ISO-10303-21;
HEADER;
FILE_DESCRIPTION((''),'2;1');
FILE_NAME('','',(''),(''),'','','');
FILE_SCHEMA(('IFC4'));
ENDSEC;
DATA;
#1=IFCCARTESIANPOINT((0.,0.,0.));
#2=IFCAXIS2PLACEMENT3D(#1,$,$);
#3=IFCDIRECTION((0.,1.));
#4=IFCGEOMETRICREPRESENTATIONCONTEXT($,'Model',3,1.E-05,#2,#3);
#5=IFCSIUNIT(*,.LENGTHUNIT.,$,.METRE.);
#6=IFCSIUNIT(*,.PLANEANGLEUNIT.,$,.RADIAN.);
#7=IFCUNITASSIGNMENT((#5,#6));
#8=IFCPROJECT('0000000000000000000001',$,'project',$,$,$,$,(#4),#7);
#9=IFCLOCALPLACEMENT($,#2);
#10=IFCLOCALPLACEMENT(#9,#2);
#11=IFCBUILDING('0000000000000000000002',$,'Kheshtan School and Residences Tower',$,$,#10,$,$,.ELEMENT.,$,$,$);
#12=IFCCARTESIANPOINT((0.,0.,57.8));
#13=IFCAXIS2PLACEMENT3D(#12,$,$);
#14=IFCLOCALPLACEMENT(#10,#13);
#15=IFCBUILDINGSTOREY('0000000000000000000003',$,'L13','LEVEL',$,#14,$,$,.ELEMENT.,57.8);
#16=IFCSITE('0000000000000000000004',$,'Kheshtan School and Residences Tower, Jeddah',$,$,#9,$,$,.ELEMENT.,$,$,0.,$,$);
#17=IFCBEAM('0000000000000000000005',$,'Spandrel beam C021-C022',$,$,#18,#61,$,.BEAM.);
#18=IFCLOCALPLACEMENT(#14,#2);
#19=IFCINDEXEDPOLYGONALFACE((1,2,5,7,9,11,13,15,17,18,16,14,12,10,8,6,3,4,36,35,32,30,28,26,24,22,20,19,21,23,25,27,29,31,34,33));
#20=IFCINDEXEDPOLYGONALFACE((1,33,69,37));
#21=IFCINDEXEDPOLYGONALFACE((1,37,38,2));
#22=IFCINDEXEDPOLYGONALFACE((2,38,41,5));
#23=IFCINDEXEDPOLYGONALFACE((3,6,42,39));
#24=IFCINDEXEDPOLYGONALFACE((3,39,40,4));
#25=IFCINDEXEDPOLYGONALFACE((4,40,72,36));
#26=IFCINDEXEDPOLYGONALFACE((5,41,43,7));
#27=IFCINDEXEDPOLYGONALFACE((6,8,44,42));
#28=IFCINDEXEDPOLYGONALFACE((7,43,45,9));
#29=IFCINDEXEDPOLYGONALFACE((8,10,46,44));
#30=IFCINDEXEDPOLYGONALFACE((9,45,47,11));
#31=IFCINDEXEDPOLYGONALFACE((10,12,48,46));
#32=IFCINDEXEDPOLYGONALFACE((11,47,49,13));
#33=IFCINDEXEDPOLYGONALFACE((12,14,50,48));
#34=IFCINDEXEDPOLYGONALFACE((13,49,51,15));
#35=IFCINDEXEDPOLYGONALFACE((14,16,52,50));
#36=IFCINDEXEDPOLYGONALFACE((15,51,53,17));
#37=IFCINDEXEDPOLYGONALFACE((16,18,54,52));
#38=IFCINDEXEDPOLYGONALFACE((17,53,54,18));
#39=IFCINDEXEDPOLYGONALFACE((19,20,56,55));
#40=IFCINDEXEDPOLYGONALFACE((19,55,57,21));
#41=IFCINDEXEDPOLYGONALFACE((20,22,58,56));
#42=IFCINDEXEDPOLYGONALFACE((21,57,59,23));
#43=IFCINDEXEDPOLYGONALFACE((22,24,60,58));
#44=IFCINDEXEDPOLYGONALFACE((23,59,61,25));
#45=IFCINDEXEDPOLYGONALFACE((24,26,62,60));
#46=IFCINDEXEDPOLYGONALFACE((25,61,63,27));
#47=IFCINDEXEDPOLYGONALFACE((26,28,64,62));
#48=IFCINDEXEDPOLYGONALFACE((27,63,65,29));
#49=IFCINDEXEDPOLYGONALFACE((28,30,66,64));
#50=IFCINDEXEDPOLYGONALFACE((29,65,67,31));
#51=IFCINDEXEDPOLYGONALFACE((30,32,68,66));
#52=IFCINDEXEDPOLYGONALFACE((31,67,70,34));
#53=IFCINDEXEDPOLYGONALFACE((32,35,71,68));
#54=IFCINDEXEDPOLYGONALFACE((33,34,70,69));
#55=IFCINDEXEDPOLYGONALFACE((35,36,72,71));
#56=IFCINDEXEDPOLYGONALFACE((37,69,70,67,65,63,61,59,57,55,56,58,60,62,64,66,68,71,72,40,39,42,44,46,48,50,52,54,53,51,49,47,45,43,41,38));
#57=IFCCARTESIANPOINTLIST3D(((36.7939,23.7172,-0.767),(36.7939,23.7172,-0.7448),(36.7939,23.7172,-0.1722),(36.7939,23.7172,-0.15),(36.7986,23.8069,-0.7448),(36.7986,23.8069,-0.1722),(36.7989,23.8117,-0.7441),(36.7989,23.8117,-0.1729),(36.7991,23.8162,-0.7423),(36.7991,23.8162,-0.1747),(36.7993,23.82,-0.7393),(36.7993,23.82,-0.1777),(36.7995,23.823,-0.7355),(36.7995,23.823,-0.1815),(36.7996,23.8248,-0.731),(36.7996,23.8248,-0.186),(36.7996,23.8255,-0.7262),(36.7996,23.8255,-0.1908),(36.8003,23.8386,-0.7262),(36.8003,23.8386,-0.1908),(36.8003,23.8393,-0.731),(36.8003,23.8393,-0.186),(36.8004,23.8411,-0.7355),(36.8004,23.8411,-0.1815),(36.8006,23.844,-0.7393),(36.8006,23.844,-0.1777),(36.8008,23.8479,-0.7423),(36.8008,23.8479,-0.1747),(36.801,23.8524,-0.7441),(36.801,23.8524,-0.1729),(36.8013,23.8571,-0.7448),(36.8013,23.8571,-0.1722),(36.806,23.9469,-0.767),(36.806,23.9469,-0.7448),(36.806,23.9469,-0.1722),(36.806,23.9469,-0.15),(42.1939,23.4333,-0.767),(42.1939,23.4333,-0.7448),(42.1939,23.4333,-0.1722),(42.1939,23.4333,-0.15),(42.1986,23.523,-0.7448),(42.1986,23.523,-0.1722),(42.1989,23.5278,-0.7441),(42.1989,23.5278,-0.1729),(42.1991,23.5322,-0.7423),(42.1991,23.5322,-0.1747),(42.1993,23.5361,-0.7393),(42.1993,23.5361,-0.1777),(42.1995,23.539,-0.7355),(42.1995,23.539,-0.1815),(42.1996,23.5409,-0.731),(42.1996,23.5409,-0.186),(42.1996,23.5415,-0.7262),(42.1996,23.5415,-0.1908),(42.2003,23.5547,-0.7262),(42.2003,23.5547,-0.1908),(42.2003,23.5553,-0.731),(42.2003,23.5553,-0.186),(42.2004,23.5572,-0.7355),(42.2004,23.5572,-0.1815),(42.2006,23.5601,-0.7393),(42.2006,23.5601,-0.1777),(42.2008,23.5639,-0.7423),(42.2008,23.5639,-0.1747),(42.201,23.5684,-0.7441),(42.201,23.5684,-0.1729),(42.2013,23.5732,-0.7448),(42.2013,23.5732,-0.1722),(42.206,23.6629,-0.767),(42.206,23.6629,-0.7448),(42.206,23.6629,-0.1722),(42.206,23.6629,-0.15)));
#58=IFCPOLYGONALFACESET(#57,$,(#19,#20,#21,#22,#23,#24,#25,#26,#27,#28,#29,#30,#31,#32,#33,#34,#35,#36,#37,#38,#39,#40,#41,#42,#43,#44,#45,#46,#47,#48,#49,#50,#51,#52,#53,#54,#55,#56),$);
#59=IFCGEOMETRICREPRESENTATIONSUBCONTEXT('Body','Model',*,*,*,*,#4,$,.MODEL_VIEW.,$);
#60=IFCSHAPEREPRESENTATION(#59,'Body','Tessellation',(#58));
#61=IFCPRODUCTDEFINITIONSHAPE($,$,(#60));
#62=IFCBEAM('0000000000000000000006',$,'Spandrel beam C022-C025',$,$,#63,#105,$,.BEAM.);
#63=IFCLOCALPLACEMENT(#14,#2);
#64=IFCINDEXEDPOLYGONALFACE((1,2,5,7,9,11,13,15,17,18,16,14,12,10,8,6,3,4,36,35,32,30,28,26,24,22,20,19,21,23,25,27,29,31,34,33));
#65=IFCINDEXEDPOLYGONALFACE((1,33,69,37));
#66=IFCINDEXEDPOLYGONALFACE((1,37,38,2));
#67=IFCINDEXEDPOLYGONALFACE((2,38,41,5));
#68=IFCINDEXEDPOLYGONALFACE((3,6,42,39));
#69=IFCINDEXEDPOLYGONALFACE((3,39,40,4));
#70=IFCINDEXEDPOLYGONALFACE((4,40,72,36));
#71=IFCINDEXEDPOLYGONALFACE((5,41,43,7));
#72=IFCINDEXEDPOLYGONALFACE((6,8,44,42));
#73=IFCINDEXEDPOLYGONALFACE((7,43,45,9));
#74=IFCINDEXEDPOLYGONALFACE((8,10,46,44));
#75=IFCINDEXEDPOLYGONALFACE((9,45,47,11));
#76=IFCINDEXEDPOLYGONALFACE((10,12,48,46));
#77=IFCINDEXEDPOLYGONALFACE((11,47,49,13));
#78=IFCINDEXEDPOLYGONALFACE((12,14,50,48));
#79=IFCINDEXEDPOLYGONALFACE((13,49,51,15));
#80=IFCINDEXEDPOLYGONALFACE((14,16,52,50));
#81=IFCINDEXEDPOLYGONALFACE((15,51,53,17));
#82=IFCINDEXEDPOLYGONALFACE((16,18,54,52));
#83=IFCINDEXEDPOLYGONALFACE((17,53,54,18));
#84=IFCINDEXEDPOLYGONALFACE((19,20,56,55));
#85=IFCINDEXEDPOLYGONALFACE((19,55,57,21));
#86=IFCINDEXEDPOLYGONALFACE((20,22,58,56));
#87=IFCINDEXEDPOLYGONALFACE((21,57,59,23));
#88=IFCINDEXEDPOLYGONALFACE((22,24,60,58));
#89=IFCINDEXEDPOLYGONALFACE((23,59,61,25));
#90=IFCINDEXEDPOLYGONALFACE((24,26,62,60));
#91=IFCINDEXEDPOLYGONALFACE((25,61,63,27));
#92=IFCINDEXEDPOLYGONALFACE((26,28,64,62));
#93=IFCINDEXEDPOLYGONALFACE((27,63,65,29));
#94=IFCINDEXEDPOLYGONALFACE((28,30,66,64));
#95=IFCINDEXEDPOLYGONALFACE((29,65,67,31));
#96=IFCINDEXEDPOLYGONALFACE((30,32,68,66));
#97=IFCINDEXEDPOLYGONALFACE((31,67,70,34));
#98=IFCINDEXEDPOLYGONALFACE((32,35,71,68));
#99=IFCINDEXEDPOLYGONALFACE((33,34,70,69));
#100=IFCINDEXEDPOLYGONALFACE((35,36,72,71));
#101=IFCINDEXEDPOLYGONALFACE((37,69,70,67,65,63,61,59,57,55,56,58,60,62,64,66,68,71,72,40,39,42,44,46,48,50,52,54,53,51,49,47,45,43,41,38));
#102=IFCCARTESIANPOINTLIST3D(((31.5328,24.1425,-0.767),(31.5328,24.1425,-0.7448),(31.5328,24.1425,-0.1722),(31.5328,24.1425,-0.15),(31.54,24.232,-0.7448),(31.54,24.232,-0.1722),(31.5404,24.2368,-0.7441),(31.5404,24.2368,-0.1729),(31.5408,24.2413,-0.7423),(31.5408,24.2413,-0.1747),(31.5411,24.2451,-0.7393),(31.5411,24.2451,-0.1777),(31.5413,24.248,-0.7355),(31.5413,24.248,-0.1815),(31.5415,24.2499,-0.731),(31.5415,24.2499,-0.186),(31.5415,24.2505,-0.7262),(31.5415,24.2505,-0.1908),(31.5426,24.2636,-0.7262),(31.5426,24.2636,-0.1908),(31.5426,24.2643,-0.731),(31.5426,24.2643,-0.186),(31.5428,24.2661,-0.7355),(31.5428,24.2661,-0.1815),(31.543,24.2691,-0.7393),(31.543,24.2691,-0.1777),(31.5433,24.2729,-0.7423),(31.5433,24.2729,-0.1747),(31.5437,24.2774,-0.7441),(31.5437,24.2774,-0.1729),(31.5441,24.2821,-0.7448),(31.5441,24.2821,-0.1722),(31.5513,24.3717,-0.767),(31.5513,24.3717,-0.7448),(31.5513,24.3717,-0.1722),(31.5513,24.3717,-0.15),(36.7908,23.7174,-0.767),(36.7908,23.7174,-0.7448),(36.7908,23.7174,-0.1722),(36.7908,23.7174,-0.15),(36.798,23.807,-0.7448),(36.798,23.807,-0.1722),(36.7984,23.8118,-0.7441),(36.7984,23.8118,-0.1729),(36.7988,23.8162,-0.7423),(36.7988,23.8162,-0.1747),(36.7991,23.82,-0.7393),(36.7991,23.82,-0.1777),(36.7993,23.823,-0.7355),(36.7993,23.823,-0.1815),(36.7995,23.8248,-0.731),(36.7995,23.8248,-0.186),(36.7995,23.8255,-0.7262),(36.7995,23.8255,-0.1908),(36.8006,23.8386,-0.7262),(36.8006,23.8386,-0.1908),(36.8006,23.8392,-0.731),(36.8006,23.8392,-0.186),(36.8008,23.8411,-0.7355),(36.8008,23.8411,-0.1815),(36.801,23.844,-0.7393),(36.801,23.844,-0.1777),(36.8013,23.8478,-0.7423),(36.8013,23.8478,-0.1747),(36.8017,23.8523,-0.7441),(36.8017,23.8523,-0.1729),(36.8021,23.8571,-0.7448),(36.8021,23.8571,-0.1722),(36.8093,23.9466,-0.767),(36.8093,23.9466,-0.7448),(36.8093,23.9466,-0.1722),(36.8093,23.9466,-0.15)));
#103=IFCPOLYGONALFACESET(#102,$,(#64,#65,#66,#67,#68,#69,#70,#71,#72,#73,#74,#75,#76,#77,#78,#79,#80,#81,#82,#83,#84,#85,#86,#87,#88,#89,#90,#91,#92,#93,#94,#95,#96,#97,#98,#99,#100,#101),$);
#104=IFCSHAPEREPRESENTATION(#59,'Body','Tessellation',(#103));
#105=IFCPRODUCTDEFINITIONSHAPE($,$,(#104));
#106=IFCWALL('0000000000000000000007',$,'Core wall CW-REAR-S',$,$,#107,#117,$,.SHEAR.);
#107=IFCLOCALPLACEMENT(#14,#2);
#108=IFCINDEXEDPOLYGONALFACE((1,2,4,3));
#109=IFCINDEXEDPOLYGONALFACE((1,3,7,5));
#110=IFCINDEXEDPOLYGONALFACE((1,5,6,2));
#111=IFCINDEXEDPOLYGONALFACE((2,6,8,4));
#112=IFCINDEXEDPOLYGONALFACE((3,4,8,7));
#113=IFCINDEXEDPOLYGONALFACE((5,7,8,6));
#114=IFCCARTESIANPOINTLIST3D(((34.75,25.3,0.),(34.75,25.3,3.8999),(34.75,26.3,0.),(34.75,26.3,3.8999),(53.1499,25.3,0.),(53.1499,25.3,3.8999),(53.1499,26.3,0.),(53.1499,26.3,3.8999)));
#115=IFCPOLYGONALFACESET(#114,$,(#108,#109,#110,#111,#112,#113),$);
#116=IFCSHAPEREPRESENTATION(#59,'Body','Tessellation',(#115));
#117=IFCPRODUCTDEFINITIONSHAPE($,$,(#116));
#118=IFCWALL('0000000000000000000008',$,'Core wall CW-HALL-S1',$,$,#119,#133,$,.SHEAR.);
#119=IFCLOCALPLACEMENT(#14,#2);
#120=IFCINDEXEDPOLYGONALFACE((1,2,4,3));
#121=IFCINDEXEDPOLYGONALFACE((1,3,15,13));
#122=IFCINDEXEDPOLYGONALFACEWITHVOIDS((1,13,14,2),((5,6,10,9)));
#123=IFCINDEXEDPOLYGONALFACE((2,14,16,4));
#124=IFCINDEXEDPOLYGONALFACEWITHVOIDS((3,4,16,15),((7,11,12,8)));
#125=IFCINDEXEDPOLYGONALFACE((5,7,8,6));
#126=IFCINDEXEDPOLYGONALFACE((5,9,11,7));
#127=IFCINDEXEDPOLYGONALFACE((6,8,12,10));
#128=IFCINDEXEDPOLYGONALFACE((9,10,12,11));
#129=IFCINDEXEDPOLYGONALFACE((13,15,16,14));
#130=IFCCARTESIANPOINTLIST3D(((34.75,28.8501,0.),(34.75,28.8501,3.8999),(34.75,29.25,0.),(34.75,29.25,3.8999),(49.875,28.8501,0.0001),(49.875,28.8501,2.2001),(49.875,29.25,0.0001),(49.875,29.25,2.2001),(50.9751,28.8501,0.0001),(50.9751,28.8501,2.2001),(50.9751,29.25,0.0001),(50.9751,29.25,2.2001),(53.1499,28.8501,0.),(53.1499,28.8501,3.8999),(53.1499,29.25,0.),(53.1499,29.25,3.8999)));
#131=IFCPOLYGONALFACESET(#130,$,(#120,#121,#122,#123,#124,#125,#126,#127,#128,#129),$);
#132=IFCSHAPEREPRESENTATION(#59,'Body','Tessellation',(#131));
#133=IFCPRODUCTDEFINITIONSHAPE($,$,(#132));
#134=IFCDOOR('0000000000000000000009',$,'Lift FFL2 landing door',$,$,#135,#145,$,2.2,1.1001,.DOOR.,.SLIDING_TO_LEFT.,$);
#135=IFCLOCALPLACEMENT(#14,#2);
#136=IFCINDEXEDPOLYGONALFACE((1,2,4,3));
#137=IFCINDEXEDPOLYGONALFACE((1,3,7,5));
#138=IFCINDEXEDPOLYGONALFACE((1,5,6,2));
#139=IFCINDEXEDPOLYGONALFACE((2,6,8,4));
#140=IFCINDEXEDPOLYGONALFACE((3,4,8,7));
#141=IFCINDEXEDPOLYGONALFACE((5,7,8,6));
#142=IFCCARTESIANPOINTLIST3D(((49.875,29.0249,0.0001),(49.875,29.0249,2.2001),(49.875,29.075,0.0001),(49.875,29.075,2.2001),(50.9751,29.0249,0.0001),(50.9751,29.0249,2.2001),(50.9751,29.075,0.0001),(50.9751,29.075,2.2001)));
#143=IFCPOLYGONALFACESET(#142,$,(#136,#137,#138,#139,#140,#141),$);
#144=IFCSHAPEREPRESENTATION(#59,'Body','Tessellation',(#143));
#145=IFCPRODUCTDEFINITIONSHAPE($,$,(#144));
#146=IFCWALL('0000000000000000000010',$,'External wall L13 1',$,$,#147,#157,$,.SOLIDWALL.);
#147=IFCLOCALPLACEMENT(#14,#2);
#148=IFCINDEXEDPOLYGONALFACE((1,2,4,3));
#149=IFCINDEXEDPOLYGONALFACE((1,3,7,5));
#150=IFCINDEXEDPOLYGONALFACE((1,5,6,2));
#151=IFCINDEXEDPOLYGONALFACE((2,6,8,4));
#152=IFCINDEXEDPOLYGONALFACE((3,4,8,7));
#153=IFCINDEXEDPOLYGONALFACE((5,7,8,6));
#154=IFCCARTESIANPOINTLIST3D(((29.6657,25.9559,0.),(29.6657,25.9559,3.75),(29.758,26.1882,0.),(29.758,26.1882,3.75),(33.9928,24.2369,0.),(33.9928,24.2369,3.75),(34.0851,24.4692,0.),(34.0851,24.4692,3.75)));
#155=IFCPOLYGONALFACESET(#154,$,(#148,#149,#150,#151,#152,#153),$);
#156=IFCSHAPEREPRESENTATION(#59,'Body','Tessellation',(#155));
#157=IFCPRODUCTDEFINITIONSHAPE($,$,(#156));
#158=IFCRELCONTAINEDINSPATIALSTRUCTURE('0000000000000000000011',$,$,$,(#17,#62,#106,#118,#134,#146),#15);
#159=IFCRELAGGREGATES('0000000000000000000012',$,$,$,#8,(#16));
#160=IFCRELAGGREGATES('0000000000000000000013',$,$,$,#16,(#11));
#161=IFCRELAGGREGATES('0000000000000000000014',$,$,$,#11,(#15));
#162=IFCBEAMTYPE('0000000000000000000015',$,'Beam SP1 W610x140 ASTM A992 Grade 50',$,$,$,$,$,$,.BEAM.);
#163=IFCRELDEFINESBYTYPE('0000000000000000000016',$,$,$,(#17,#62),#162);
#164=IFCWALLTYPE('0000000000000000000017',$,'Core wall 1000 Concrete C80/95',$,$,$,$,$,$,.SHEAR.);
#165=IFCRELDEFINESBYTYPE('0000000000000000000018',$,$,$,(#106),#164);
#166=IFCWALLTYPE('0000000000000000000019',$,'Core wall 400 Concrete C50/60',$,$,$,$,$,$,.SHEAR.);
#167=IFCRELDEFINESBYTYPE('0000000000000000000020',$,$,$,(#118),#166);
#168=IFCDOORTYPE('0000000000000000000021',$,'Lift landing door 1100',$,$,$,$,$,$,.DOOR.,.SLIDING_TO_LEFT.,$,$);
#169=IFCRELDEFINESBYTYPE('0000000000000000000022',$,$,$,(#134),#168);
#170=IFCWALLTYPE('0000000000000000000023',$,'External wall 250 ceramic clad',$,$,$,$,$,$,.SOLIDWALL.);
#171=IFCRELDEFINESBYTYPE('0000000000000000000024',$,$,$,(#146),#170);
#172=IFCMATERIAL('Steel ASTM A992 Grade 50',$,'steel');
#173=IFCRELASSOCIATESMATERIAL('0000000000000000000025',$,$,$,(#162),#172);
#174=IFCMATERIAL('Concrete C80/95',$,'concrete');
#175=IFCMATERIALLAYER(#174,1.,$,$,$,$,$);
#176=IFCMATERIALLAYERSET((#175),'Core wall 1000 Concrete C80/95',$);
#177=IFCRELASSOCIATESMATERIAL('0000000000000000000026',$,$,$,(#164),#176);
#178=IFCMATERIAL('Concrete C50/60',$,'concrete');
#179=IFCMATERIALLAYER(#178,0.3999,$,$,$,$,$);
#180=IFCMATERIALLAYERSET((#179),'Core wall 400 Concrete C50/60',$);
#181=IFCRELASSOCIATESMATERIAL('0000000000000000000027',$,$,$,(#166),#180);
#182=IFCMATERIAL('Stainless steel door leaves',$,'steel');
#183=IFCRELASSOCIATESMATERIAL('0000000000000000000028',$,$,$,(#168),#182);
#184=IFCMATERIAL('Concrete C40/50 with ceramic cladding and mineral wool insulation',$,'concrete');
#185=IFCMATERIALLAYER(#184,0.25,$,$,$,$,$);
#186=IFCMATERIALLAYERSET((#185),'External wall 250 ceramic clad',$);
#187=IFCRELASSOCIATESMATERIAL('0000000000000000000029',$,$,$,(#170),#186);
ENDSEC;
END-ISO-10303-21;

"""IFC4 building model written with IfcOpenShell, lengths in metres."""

from ifc_helpers import new_model, si_unit, direction, frame, frame_2d, origin, origin_2d, place, context, subcontext, project, spatial, rectangle, i_section, extrude, source, transform, mapped, material, layer, layer_set, material_profile, profile_set, type_object, element, fill, save


model = new_model("IFC4")

# Units and contexts
model_context = context("Model", 3, precision=1e-05, world=origin(), true_north=direction((0.0, 1.0)))
body_context = subcontext(model_context, "Body", "Model", "MODEL_VIEW")
ifc_project = project(units=[si_unit("LENGTHUNIT", "METRE"), si_unit("PLANEANGLEUNIT", "RADIAN")], contexts=[model_context])

# Site, building, storey
site_placement = place(None, origin())
site = spatial("IfcSite", under=ifc_project, at=site_placement, Name="Kheshtan School and Residences Tower, Jeddah", CompositionType="ELEMENT", RefElevation=0.0)
building_placement = place(site_placement, origin())
building = spatial("IfcBuilding", under=site, at=building_placement, Name="Kheshtan School and Residences Tower", CompositionType="ELEMENT")
storey_placement = place(building_placement, frame((0.0, 0.0, 57.8)))
storey = spatial("IfcBuildingStorey", under=building, at=storey_placement, Name="L13", Description="LEVEL", CompositionType="ELEMENT", Elevation=57.8)

# Shared definitions
ifc_material_1 = material(Name="Steel ASTM A992 Grade 50", Category="steel")

# Beams
ifc_material_profile_1 = material_profile(ifc_material_1, i_section(OverallWidth=0.23, OverallDepth=0.6169, WebThickness=0.0132, FlangeThickness=0.0222, FilletRadius=0.0186, at=origin_2d()), Name="W610x140")
ifc_profile_set_1 = profile_set([ifc_material_profile_1], Name="Steel ASTM A992 Grade 50")
beam_type_1 = type_object("IfcBeamType", Name="Beam SP1 W610x140 ASTM A992 Grade 50", PredefinedType="BEAM", material=ifc_profile_set_1)
beam_1_placement = place(storey_placement, frame((42.2, 23.5481, -0.4585), z_axis=(-0.99862, 0.052509, 0.0), x_axis=(-0.052509, -0.99862, 0.0)))
element("IfcBeam", 1, at=beam_1_placement, inside=storey, type_object=beam_type_1, Name="Spandrel beam C021-C022", PredefinedType="BEAM", context=body_context, shape_type="SweptSolid", body=[
    extrude(i_section(OverallWidth=0.23, OverallDepth=0.6169, WebThickness=0.0132, FlangeThickness=0.0222, FilletRadius=0.0186, at=origin_2d()), origin(), (0.0, 0.0, 1.0), 5.4075),
])
beam_2_placement = place(storey_placement, frame((36.8, 23.832, -0.4585), z_axis=(-0.996749, 0.080575, 0.0), x_axis=(-0.080575, -0.996749, 0.0)))
element("IfcBeam", 2, at=beam_2_placement, inside=storey, type_object=beam_type_1, Name="Spandrel beam C022-C025", PredefinedType="BEAM", context=body_context, shape_type="SweptSolid", body=[
    extrude(i_section(OverallWidth=0.23, OverallDepth=0.6169, WebThickness=0.0132, FlangeThickness=0.0222, FilletRadius=0.0186, at=origin_2d()), origin(), (0.0, 0.0, 1.0), 5.2751),
])

# Wall
ifc_material_2 = material(Name="Concrete C80/95", Category="concrete")
ifc_layer_1 = layer(ifc_material_2, 1.0)
ifc_layer_set_1 = layer_set([ifc_layer_1], Name="Core wall 1000 Concrete C80/95")
wall_type_1 = type_object("IfcWallType", Name="Core wall 1000 Concrete C80/95", PredefinedType="SHEAR", material=ifc_layer_set_1)
wall_1_placement = place(storey_placement, frame((34.75, 25.8, 0.0), z_axis=(0.0, 0.0, 1.0), x_axis=(1.0, 0.0, 0.0)))
element("IfcWall", 3, at=wall_1_placement, inside=storey, type_object=wall_type_1, Name="Core wall CW-REAR-S", PredefinedType="SHEAR", context=body_context, shape_type="SweptSolid", body=[
    extrude(rectangle(XDim=18.3999, YDim=1.0, at=frame_2d((9.2, 0.0))), origin(), (0.0, 0.0, 1.0), 3.8999),
])

# Wall, opening, door
ifc_material_3 = material(Name="Concrete C50/60", Category="concrete")
ifc_layer_2 = layer(ifc_material_3, 0.3999)
ifc_layer_set_2 = layer_set([ifc_layer_2], Name="Core wall 400 Concrete C50/60")
wall_type_2 = type_object("IfcWallType", Name="Core wall 400 Concrete C50/60", PredefinedType="SHEAR", material=ifc_layer_set_2)
wall_2_placement = place(storey_placement, frame((34.75, 29.05, 0.0), z_axis=(0.0, 0.0, 1.0), x_axis=(1.0, 0.0, 0.0)))
wall_2 = element("IfcWall", 4, at=wall_2_placement, inside=storey, type_object=wall_type_2, Name="Core wall CW-HALL-S1", PredefinedType="SHEAR", context=body_context, shape_type="SweptSolid", body=[
    extrude(rectangle(XDim=18.3999, YDim=0.3999, at=frame_2d((9.2, 0.0))), origin(), (0.0, 0.0, 1.0), 3.8999),
])
opening_1_placement = place(wall_2_placement, frame((15.125, 0.0, 0.0)))
opening_1 = element("IfcOpeningElement", 5, at=opening_1_placement, cuts=wall_2, PredefinedType="OPENING", context=body_context, shape_type="SweptSolid", body=[
    extrude(rectangle(XDim=1.1001, YDim=2.2, at=frame_2d((0.55, 1.1001))), frame((0.0, 0.21, 0.0), z_axis=(0.0, -1.0, 0.0), x_axis=(1.0, 0.0, 0.0)), (0.0, 0.0, 1.0), 0.4199),
])
ifc_material_4 = material(Name="Stainless steel door leaves", Category="steel")
door_type_1 = type_object("IfcDoorType", Name="Lift landing door 1100", OperationType="SLIDING_TO_LEFT", PredefinedType="DOOR", material=ifc_material_4)
shared_shape_1 = source(origin(), body_context, "Body", "SweptSolid", [
    extrude(rectangle(XDim=1.1001, YDim=2.2, at=frame_2d((0.55, 1.1001))), frame((0.0, 0.0249, 0.0), z_axis=(0.0, -1.0, 0.0), x_axis=(1.0, 0.0, 0.0)), (0.0, 0.0, 1.0), 0.05),
])
door_1_placement = place(opening_1_placement, origin())
door_1 = element("IfcDoor", 6, at=door_1_placement, inside=storey, type_object=door_type_1, Name="Lift FFL2 landing door", OperationType="SLIDING_TO_LEFT", OverallHeight=2.2, OverallWidth=1.1001, PredefinedType="DOOR", context=body_context, shape_type="MappedRepresentation", body=[
    mapped(shared_shape_1, transform((0.0, 0.0, 0.0), x_axis=(1.0, 0.0, 0.0), y_axis=(0.0, 1.0, 0.0), z_axis=(0.0, 0.0, 1.0), scale=1.0)),
])
fill(opening_1, door_1)

# Wall
ifc_material_5 = material(Name="Concrete C40/50 with ceramic cladding and mineral wool insulation", Category="concrete")
ifc_layer_3 = layer(ifc_material_5, 0.25)
ifc_layer_set_3 = layer_set([ifc_layer_3], Name="External wall 250 ceramic clad")
wall_type_3 = type_object("IfcWallType", Name="External wall 250 ceramic clad", PredefinedType="SOLIDWALL", material=ifc_layer_set_3)
wall_3_placement = place(storey_placement, frame((34.0391, 24.353, 0.0), z_axis=(0.0, 0.0, 1.0), x_axis=(-0.929353, 0.369193, 0.0)))
element("IfcWall", 7, at=wall_3_placement, inside=storey, type_object=wall_type_3, Name="External wall L13 1", PredefinedType="SOLIDWALL", context=body_context, shape_type="SweptSolid", body=[
    extrude(rectangle(XDim=4.656, YDim=0.25, at=frame_2d((2.3281, 0.0))), origin(), (0.0, 0.0, 1.0), 3.75),
])

save(model, "model.ifc")
